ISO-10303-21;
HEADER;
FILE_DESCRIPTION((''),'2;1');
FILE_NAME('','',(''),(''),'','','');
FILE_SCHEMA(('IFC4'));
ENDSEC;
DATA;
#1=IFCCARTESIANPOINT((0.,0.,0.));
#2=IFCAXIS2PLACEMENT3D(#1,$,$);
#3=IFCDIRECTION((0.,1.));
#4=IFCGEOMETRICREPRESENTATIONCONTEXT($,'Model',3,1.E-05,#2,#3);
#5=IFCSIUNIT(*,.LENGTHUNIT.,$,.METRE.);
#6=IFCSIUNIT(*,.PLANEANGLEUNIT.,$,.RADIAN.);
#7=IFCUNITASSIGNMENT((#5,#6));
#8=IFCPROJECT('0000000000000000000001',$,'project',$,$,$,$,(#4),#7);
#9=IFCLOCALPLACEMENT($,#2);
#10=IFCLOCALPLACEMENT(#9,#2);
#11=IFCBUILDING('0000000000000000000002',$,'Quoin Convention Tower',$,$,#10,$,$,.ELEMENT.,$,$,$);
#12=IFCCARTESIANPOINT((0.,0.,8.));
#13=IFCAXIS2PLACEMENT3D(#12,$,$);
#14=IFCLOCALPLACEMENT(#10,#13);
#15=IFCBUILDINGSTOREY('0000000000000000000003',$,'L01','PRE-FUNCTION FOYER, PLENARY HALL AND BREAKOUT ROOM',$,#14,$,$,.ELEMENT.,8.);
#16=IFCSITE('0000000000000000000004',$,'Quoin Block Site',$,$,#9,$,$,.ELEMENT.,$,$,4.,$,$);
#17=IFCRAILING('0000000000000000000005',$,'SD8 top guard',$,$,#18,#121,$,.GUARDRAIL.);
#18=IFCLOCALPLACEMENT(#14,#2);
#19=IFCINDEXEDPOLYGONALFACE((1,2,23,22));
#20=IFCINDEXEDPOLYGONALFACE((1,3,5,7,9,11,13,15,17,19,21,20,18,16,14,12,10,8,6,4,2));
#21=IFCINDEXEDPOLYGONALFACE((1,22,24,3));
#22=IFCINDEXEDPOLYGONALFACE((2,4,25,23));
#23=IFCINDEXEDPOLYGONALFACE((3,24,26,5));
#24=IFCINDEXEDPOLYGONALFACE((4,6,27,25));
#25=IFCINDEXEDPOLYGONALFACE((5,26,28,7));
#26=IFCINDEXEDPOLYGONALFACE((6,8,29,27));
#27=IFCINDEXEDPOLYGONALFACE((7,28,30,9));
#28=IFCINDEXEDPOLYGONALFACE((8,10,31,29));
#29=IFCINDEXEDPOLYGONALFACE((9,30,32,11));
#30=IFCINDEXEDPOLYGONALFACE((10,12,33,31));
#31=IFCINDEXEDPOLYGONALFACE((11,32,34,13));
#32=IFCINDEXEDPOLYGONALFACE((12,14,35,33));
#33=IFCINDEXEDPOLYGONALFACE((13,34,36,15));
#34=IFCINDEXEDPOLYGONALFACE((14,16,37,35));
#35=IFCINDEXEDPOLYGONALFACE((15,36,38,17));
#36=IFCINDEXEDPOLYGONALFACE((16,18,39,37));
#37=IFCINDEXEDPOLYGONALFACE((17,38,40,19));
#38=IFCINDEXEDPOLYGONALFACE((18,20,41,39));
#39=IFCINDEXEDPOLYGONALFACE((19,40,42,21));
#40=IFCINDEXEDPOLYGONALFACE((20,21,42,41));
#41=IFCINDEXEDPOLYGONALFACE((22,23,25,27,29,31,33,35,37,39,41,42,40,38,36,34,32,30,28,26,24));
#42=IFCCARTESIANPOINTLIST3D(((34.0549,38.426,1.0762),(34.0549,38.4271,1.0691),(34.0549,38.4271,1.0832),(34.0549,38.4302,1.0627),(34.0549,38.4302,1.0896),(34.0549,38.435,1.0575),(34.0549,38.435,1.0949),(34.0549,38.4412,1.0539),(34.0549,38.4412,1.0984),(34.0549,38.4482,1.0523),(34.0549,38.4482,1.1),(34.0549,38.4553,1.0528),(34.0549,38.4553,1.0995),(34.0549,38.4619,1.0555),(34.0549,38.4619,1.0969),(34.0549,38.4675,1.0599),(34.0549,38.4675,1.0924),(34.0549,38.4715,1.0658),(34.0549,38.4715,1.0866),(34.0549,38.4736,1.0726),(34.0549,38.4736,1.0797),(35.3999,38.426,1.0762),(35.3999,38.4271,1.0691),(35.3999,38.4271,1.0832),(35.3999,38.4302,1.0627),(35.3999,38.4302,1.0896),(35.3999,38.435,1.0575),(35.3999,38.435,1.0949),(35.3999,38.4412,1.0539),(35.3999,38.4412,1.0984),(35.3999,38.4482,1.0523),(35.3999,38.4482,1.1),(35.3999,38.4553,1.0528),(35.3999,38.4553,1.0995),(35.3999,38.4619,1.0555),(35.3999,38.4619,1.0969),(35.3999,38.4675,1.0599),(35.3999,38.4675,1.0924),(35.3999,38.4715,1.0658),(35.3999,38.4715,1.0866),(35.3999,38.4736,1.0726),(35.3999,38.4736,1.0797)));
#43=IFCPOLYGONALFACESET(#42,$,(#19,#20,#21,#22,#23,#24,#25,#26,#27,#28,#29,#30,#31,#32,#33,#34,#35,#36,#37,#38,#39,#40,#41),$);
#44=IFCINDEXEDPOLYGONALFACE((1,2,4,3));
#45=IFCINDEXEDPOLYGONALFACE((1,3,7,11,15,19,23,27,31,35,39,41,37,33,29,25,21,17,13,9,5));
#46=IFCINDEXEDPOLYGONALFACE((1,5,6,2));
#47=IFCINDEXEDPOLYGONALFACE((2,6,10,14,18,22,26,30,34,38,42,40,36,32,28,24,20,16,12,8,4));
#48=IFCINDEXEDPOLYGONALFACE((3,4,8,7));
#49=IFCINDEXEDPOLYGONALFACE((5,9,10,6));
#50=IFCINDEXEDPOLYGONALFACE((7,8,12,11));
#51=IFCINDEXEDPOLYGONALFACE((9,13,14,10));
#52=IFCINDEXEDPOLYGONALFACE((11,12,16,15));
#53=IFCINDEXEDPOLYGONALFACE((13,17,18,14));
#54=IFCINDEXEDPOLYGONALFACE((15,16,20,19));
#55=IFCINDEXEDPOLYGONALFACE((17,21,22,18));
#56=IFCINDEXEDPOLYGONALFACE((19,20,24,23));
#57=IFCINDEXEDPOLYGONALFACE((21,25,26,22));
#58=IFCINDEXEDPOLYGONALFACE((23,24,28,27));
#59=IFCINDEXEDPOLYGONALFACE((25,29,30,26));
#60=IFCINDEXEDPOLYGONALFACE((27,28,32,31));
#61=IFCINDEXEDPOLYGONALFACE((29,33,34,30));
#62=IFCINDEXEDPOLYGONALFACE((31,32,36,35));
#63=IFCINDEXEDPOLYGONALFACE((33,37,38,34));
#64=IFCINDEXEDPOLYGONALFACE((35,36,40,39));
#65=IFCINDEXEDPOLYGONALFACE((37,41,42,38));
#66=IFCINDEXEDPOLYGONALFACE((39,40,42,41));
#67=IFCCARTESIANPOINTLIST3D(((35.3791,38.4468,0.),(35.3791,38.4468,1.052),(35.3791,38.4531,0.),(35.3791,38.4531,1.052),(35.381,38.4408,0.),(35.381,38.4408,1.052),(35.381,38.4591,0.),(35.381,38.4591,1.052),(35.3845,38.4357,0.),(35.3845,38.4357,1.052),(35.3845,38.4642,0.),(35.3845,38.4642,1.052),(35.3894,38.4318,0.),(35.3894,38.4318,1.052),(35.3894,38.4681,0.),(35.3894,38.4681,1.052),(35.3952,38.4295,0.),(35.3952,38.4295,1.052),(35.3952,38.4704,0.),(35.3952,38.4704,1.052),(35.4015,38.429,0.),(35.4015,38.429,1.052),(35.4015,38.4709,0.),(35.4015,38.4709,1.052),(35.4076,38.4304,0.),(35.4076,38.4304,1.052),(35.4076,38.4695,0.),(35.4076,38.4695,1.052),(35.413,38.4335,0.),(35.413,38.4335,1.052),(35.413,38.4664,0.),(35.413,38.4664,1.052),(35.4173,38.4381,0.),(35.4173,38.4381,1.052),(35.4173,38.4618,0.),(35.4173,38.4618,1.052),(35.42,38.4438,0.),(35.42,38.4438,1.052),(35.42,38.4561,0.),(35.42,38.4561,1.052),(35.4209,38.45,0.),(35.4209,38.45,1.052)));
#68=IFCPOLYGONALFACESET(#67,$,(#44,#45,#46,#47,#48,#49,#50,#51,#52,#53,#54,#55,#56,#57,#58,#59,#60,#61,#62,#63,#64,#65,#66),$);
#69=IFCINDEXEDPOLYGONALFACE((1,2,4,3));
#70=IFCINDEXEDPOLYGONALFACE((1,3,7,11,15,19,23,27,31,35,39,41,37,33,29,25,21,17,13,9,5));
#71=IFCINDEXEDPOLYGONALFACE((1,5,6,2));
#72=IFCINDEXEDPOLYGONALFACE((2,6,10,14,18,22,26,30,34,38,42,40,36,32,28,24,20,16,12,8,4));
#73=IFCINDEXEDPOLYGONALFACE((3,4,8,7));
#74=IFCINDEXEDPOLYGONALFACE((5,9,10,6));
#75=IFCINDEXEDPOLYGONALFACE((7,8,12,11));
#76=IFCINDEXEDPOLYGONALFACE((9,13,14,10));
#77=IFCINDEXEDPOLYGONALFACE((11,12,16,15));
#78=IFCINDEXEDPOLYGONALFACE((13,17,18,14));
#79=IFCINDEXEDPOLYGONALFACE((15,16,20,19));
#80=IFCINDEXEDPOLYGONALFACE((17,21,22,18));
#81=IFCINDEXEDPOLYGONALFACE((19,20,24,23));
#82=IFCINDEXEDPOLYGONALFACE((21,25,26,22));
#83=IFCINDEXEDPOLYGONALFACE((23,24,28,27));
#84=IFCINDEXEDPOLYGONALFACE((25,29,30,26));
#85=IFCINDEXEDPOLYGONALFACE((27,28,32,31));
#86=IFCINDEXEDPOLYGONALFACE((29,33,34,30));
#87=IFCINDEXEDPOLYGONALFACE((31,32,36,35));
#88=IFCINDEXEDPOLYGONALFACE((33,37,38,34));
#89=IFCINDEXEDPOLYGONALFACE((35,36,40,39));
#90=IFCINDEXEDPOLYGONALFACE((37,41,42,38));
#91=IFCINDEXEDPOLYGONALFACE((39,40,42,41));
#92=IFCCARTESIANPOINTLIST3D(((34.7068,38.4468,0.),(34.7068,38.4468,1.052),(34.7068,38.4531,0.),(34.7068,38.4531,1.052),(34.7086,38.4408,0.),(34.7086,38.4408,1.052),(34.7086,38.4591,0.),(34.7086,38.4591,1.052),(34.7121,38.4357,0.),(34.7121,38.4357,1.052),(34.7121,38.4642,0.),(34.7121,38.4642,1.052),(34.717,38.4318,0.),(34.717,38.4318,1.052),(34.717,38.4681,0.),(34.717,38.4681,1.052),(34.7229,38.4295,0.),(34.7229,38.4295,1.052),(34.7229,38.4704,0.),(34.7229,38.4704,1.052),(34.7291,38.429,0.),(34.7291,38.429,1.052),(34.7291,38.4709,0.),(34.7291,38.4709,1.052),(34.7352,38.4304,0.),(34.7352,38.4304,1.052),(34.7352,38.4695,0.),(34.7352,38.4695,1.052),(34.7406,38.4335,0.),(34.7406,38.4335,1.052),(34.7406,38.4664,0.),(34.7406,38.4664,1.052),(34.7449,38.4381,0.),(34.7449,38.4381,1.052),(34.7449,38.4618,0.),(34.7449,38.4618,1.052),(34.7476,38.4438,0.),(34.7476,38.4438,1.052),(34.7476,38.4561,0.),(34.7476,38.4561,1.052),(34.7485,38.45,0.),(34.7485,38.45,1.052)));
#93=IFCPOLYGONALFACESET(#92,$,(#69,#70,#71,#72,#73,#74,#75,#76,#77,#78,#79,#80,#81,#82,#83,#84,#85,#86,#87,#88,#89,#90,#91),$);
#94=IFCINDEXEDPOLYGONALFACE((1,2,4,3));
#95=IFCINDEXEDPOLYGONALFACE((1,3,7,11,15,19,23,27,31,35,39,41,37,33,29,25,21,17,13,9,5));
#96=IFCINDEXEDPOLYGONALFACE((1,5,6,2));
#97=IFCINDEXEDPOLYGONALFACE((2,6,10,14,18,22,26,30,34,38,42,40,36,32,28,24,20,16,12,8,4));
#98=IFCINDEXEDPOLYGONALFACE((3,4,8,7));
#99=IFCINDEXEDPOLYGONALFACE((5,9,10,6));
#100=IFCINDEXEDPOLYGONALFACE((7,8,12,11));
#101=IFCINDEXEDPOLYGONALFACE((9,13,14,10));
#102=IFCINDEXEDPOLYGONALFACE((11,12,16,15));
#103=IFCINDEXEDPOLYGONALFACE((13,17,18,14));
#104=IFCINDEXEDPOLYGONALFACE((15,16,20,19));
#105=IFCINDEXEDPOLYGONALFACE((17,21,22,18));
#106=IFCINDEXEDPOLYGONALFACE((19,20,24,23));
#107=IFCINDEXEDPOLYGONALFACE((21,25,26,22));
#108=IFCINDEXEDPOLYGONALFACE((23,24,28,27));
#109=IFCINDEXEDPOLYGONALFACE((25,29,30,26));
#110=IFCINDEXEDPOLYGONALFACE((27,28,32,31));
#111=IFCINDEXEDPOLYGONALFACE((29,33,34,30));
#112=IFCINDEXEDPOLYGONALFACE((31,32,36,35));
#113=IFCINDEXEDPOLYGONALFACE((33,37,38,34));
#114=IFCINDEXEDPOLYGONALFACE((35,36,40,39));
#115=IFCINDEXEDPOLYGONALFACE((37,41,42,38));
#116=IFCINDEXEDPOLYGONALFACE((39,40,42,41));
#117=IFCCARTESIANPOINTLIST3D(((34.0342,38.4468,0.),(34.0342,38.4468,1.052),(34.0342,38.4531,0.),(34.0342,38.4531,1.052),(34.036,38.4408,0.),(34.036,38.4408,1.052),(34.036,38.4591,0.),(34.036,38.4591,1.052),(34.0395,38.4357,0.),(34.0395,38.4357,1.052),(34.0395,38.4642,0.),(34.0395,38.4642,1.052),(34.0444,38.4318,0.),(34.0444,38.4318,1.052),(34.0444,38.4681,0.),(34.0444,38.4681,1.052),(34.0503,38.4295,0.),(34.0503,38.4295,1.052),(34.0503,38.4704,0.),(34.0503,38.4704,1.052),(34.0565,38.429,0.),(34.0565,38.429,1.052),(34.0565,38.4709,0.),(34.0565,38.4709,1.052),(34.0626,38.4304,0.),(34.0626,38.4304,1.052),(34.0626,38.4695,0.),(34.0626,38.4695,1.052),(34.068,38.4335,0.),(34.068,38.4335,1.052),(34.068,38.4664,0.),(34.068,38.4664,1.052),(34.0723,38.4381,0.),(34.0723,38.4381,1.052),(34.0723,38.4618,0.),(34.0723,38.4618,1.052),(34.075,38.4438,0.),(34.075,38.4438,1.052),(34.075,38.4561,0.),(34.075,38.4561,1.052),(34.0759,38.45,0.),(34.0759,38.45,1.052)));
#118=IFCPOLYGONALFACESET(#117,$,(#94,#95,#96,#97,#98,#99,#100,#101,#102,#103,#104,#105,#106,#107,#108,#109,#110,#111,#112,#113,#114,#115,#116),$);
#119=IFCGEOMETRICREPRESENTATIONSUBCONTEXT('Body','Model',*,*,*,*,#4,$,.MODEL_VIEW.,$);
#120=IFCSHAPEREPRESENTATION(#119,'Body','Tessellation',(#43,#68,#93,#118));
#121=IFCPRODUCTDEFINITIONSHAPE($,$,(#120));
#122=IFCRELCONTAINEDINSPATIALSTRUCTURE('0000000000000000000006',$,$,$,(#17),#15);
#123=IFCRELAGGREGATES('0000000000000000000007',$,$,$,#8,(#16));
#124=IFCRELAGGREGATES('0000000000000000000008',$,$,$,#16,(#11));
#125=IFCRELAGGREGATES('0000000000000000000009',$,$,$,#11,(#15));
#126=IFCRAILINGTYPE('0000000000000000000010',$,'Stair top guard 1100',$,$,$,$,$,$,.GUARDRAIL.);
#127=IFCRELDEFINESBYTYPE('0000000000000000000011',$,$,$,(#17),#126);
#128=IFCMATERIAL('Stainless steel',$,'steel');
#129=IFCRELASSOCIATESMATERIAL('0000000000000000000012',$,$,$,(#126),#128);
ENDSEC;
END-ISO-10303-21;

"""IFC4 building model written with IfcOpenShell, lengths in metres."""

from ifc_helpers import new_model, si_unit, direction, frame, origin, origin_2d, place, context, subcontext, project, spatial, circle, extrude, material, type_object, element, save


model = new_model("IFC4")

# Units and contexts
model_context = context("Model", 3, precision=1e-05, world=origin(), true_north=direction((0.0, 1.0)))
body_context = subcontext(model_context, "Body", "Model", "MODEL_VIEW")
ifc_project = project(units=[si_unit("LENGTHUNIT", "METRE"), si_unit("PLANEANGLEUNIT", "RADIAN")], contexts=[model_context])

# Site, building, storey
site_placement = place(None, origin())
site = spatial("IfcSite", under=ifc_project, at=site_placement, Name="Quoin Block Site", CompositionType="ELEMENT", RefElevation=4.0)
building_placement = place(site_placement, origin())
building = spatial("IfcBuilding", under=site, at=building_placement, Name="Quoin Convention Tower", CompositionType="ELEMENT")
storey_placement = place(building_placement, frame((0.0, 0.0, 8.0)))
storey = spatial("IfcBuildingStorey", under=building, at=storey_placement, Name="L01", Description="PRE-FUNCTION FOYER, PLENARY HALL AND BREAKOUT ROOM", CompositionType="ELEMENT", Elevation=8.0)

# Railing
ifc_material_1 = material(Name="Stainless steel", Category="steel")
railing_type_1 = type_object("IfcRailingType", Name="Stair top guard 1100", PredefinedType="GUARDRAIL", material=ifc_material_1)
railing_1_placement = place(storey_placement, frame((35.3999, 38.45, 0.0)))
element("IfcRailing", 1, at=railing_1_placement, inside=storey, type_object=railing_type_1, Name="SD8 top guard", PredefinedType="GUARDRAIL", context=body_context, shape_type="SweptSolid", body=[
    extrude(circle(Radius=0.0239, at=origin_2d()), frame((0.0, 0.0, 1.0762), z_axis=(-1.0, 0.0, 0.0), x_axis=(0.0, -1.0, 0.0)), (0.0, 0.0, 1.0), 1.345),
    extrude(circle(Radius=0.021, at=origin_2d()), origin(), (0.0, 0.0, 1.0), 1.052),
    extrude(circle(Radius=0.021, at=origin_2d()), frame((-0.6724, 0.0, 0.0)), (0.0, 0.0, 1.0), 1.052),
    extrude(circle(Radius=0.021, at=origin_2d()), frame((-1.345, 0.0, 0.0)), (0.0, 0.0, 1.0), 1.052),
])

save(model, "model.ifc")
